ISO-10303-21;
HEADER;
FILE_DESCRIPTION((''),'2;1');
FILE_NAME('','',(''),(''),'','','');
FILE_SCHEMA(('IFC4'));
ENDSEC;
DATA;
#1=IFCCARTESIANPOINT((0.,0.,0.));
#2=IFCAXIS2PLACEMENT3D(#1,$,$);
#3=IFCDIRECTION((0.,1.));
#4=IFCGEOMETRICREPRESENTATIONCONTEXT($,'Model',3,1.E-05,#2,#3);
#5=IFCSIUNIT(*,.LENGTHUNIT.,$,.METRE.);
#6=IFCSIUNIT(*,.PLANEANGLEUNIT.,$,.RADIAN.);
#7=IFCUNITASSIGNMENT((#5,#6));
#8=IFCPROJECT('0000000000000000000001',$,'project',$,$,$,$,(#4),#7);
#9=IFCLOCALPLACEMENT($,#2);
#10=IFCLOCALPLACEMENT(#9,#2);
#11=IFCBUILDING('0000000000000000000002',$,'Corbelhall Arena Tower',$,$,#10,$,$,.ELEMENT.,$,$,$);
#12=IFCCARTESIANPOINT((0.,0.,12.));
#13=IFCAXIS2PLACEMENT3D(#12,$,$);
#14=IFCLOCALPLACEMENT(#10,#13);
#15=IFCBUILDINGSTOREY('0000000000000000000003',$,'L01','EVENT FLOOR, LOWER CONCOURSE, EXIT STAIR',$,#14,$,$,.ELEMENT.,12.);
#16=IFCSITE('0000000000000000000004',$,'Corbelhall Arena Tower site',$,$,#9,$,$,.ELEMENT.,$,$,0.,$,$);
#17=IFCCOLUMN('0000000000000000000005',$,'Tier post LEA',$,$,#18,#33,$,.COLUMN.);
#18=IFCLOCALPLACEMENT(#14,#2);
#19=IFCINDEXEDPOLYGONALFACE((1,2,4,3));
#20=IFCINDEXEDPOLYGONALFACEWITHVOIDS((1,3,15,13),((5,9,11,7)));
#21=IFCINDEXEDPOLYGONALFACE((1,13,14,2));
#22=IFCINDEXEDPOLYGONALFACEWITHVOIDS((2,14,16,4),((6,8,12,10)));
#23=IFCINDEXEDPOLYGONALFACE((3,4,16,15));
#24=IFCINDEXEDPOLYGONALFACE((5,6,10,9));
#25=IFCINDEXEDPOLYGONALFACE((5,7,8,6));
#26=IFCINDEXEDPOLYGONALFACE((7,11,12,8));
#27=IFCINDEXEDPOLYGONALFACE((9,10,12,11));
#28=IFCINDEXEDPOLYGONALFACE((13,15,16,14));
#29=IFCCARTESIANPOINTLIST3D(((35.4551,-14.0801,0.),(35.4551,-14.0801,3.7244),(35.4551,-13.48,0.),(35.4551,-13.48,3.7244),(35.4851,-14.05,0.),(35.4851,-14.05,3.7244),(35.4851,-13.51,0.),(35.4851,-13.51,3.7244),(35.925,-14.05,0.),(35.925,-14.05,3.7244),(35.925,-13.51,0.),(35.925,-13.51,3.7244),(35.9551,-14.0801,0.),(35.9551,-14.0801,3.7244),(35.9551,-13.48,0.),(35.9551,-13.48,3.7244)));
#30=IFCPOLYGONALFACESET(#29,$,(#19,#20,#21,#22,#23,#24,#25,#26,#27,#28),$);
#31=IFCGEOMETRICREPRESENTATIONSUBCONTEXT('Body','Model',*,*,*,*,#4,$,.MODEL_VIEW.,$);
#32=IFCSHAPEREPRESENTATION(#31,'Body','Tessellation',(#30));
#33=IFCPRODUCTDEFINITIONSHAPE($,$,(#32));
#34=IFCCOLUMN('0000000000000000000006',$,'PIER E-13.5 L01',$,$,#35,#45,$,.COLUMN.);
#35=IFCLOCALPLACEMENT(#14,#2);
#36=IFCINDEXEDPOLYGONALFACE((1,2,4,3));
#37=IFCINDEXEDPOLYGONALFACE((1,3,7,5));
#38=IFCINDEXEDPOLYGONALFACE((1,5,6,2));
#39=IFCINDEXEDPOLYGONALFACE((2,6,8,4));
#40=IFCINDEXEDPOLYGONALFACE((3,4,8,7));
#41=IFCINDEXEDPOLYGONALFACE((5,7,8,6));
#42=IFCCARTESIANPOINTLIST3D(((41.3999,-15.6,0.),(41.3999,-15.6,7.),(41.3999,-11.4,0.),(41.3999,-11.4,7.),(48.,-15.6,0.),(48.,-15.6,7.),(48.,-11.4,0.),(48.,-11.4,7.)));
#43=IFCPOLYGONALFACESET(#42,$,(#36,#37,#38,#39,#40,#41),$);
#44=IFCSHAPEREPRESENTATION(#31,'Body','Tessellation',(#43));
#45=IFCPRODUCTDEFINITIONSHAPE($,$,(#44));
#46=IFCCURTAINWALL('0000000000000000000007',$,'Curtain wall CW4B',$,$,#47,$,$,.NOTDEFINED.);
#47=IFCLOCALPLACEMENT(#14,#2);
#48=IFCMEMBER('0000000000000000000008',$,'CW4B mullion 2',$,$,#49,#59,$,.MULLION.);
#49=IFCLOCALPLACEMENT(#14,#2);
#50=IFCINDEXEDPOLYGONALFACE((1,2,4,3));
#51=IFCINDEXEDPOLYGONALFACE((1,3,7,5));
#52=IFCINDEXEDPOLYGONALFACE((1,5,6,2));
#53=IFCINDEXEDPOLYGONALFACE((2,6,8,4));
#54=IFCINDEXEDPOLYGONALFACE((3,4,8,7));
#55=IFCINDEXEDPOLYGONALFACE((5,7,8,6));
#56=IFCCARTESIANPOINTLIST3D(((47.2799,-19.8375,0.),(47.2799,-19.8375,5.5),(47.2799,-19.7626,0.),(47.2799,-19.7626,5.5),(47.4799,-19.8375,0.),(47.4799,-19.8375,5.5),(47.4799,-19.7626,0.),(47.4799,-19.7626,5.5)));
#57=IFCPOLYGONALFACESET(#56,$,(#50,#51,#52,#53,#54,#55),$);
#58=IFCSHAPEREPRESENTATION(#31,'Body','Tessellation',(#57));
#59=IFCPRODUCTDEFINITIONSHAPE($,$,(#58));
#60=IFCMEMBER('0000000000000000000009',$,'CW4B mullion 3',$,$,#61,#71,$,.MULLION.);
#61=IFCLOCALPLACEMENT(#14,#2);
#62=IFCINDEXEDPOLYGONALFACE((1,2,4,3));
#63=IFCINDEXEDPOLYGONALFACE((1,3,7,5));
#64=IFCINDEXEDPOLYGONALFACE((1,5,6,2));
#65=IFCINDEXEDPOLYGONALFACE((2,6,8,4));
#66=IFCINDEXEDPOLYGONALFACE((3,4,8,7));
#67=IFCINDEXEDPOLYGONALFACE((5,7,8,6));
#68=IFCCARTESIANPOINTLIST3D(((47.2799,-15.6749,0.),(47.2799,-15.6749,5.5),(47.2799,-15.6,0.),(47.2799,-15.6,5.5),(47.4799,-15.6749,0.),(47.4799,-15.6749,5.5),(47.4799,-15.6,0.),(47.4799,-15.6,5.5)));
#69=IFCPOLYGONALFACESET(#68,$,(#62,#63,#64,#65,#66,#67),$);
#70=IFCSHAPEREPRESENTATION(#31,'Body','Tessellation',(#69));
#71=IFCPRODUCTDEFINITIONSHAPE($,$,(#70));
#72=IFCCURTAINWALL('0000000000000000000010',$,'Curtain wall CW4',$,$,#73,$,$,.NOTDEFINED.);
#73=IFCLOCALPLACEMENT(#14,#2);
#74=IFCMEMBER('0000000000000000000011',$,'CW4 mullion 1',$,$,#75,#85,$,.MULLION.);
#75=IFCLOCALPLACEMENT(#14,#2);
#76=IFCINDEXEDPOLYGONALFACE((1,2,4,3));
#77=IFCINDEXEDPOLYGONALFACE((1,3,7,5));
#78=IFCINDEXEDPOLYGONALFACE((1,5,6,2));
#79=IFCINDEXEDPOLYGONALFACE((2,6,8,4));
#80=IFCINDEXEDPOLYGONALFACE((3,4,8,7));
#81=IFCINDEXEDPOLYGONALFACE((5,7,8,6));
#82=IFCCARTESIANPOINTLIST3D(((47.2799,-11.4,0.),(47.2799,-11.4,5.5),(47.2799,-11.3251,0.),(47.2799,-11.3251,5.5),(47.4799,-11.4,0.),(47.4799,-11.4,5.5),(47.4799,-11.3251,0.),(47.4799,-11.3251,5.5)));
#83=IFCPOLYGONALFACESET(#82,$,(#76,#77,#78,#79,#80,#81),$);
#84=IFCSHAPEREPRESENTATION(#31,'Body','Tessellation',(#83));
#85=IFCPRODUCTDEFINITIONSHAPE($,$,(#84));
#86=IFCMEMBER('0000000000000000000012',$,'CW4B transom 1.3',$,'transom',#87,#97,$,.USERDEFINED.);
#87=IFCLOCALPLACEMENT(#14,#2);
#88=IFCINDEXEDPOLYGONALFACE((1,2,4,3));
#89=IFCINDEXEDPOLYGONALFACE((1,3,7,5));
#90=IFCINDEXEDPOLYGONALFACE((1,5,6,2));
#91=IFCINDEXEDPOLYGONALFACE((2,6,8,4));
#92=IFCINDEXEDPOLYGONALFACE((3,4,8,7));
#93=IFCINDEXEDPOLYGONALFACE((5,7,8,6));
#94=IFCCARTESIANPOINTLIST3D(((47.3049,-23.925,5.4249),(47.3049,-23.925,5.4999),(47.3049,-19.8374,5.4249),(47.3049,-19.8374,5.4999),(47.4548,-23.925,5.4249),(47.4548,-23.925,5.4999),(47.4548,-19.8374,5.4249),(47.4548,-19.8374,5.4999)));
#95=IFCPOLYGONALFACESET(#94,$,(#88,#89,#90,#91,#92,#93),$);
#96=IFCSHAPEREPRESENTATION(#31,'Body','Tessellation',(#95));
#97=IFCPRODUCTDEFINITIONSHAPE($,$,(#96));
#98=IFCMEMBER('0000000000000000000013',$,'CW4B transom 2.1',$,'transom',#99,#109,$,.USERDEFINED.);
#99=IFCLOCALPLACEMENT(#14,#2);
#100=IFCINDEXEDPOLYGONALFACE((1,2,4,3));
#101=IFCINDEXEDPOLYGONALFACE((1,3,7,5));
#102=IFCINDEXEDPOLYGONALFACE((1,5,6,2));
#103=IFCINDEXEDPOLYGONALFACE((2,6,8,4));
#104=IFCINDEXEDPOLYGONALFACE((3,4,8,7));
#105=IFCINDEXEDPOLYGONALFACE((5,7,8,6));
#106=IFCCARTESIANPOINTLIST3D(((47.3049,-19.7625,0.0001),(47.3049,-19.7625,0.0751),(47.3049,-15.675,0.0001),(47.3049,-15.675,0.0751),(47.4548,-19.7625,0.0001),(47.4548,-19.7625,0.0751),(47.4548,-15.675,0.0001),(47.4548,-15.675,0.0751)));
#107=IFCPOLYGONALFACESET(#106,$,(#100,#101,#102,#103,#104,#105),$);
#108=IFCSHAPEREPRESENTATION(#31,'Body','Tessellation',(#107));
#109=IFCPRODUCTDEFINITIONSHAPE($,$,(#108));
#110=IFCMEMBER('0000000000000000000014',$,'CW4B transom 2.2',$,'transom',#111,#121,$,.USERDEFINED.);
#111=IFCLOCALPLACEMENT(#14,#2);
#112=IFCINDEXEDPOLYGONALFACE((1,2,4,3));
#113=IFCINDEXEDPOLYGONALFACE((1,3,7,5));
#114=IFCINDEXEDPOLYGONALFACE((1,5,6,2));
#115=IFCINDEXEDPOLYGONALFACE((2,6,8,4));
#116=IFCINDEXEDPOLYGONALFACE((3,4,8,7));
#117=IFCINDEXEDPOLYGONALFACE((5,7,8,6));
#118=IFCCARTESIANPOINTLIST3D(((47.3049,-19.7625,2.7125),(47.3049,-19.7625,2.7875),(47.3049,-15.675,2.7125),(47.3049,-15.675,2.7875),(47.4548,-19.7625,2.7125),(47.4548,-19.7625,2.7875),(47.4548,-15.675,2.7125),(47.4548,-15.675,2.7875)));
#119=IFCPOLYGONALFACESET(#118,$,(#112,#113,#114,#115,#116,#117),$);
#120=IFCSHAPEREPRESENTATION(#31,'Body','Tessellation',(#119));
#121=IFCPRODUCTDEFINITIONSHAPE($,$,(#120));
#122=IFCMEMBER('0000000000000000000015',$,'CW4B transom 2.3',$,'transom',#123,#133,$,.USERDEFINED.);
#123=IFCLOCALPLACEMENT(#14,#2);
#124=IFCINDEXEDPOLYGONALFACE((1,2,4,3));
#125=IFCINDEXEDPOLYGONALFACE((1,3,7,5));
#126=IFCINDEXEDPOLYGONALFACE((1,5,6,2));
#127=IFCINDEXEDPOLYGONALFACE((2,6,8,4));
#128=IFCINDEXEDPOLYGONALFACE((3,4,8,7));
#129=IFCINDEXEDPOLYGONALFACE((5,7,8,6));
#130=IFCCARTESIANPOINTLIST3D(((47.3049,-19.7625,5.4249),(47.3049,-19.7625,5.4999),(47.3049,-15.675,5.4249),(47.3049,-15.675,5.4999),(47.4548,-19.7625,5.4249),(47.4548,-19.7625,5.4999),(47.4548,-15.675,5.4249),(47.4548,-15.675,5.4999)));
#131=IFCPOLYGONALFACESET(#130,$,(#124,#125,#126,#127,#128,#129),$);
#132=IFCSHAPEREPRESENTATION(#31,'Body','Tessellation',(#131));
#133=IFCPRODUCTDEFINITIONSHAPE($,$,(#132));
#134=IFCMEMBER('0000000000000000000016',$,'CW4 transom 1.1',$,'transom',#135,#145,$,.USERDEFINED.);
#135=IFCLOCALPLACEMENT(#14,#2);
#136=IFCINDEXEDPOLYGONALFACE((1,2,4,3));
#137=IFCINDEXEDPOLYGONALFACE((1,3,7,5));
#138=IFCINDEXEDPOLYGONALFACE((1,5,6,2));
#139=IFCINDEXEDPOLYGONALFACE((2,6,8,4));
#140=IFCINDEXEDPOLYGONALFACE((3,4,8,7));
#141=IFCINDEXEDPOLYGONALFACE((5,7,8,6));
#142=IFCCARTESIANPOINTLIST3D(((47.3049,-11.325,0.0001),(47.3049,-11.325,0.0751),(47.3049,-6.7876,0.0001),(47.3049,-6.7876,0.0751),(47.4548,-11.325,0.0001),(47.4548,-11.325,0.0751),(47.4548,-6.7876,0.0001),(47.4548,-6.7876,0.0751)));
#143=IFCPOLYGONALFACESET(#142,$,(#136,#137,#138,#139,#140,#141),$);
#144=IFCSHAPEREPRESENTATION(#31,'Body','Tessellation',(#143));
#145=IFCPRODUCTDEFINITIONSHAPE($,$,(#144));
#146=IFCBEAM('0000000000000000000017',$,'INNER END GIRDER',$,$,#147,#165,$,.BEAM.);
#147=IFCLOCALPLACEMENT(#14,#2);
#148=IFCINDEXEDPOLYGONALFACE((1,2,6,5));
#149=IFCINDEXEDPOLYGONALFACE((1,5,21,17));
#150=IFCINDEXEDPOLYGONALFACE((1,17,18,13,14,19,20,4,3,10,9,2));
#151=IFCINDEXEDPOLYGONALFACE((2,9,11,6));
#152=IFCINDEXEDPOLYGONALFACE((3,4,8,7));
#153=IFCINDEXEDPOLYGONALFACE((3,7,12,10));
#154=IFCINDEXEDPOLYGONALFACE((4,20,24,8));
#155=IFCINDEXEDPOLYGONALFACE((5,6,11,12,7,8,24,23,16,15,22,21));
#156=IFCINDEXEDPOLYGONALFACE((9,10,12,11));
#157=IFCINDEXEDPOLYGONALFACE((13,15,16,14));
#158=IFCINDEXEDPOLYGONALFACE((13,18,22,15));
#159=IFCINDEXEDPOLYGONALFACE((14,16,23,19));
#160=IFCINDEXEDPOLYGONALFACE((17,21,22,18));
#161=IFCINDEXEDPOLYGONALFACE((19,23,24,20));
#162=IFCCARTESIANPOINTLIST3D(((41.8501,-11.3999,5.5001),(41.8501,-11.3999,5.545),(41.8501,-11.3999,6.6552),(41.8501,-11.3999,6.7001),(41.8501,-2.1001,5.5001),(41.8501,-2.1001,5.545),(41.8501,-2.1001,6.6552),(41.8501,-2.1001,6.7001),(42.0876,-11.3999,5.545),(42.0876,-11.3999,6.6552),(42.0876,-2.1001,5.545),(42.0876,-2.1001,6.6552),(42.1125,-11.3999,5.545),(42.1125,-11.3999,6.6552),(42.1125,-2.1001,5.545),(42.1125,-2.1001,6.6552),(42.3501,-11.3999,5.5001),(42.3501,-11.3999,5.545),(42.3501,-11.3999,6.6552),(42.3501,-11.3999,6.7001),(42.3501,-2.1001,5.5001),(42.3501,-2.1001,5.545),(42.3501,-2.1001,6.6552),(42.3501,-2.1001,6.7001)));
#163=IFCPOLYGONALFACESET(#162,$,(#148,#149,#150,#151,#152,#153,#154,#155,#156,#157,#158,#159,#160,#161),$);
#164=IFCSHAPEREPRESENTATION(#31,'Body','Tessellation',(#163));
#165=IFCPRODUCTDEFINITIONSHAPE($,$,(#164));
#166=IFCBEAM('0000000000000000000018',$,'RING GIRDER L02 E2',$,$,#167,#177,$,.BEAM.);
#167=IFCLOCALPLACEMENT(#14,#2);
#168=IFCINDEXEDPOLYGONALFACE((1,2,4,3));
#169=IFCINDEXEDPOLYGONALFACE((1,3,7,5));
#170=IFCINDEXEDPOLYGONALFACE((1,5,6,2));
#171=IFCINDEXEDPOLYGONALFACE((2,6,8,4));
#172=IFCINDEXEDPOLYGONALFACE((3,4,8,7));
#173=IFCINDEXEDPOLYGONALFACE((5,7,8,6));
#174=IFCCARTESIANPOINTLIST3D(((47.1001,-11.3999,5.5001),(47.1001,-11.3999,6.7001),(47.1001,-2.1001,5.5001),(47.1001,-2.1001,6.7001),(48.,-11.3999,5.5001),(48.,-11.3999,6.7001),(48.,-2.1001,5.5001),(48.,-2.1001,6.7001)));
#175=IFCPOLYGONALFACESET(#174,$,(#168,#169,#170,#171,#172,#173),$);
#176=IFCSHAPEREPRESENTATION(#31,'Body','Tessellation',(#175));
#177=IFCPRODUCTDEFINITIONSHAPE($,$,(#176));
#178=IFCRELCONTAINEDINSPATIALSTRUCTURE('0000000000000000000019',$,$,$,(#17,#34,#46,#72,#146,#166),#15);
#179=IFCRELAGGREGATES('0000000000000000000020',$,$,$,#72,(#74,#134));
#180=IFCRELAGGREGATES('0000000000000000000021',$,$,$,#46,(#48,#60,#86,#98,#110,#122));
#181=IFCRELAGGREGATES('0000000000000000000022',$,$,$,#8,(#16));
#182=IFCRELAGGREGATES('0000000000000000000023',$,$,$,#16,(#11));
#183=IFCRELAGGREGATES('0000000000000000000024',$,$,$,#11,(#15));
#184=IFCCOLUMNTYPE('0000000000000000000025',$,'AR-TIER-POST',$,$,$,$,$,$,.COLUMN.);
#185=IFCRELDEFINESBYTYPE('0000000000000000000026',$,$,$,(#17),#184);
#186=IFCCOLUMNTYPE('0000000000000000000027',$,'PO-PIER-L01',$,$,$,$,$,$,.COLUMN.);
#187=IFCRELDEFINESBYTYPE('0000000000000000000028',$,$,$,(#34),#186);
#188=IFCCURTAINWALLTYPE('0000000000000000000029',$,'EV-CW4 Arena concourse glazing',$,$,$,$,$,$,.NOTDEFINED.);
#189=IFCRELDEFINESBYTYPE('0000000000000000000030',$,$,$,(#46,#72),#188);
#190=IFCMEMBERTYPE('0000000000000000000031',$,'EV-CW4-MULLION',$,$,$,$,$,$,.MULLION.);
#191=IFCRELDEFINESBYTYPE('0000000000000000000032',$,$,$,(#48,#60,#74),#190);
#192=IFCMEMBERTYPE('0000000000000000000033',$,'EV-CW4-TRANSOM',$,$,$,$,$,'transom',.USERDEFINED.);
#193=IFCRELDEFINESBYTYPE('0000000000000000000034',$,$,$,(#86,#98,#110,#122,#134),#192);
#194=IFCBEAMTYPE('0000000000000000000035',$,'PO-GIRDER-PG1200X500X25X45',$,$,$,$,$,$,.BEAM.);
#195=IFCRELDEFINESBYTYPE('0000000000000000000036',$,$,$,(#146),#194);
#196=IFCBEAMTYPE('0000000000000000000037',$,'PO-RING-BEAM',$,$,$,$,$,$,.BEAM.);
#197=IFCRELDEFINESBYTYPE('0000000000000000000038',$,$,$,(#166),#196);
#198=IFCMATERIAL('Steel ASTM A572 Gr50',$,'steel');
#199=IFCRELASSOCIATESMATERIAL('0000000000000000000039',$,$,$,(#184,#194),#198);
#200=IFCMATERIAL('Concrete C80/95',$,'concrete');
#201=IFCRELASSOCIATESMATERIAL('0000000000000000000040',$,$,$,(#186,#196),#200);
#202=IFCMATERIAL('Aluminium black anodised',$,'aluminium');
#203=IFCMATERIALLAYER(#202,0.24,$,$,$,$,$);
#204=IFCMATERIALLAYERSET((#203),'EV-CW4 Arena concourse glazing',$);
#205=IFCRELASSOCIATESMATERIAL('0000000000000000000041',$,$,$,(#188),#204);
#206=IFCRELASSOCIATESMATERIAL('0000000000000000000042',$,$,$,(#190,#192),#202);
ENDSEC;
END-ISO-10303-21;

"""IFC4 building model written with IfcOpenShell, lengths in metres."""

from ifc_helpers import new_model, si_unit, direction, frame, origin, origin_2d, place, context, subcontext, project, spatial, rectangle, hollow_rectangle, i_section, extrude, material, layer, layer_set, material_profile, profile_set, type_object, element, aggregate, save


model = new_model("IFC4")

# Units and contexts
model_context = context("Model", 3, precision=1e-05, world=origin(), true_north=direction((0.0, 1.0)))
body_context = subcontext(model_context, "Body", "Model", "MODEL_VIEW")
ifc_project = project(units=[si_unit("LENGTHUNIT", "METRE"), si_unit("PLANEANGLEUNIT", "RADIAN")], contexts=[model_context])

# Site, building, storey
site_placement = place(None, origin())
site = spatial("IfcSite", under=ifc_project, at=site_placement, Name="Corbelhall Arena Tower site", CompositionType="ELEMENT", RefElevation=0.0)
building_placement = place(site_placement, origin())
building = spatial("IfcBuilding", under=site, at=building_placement, Name="Corbelhall Arena Tower", CompositionType="ELEMENT")
storey_placement = place(building_placement, frame((0.0, 0.0, 12.0)))
storey = spatial("IfcBuildingStorey", under=building, at=storey_placement, Name="L01", Description="EVENT FLOOR, LOWER CONCOURSE, EXIT STAIR", CompositionType="ELEMENT", Elevation=12.0)

# Columns
ifc_material_1 = material(Name="Steel ASTM A572 Gr50", Category="steel")
ifc_material_profile_1 = material_profile(ifc_material_1, hollow_rectangle(XDim=0.5, YDim=0.6001, WallThickness=0.03, at=origin_2d()))
ifc_profile_set_1 = profile_set([ifc_material_profile_1], Name="Steel ASTM A572 Gr50")
column_type_1 = type_object("IfcColumnType", Name="AR-TIER-POST", PredefinedType="COLUMN", material=ifc_profile_set_1)
column_1_placement = place(storey_placement, frame((35.7051, -13.78, 0.0), z_axis=(0.0, 0.0, 1.0), x_axis=(1.0, 0.0, 0.0)))
element("IfcColumn", 1, at=column_1_placement, inside=storey, type_object=column_type_1, Name="Tier post LEA", PredefinedType="COLUMN", context=body_context, shape_type="SweptSolid", body=[
    extrude(hollow_rectangle(XDim=0.5, YDim=0.6001, WallThickness=0.03, at=origin_2d()), origin(), (0.0, 0.0, 1.0), 3.7244),
])
ifc_material_2 = material(Name="Concrete C80/95", Category="concrete")
ifc_material_profile_2 = material_profile(ifc_material_2, rectangle(XDim=4.2, YDim=6.6001, at=origin_2d()))
ifc_profile_set_2 = profile_set([ifc_material_profile_2], Name="Concrete C80/95")
column_type_2 = type_object("IfcColumnType", Name="PO-PIER-L01", PredefinedType="COLUMN", material=ifc_profile_set_2)
column_2_placement = place(storey_placement, frame((44.7, -13.5, 0.0), z_axis=(0.0, 0.0, 1.0), x_axis=(0.0, 1.0, 0.0)))
element("IfcColumn", 2, at=column_2_placement, inside=storey, type_object=column_type_2, Name="PIER E-13.5 L01", PredefinedType="COLUMN", context=body_context, shape_type="SweptSolid", body=[
    extrude(rectangle(XDim=4.2, YDim=6.6001, at=origin_2d()), origin(), (0.0, 0.0, 1.0), 7.0),
])

# Curtain wall, members
ifc_material_3 = material(Name="Aluminium black anodised", Category="aluminium")
ifc_layer_1 = layer(ifc_material_3, 0.24)
ifc_layer_set_1 = layer_set([ifc_layer_1], Name="EV-CW4 Arena concourse glazing")
curtain_wall_type = type_object("IfcCurtainWallType", Name="EV-CW4 Arena concourse glazing", PredefinedType="NOTDEFINED", material=ifc_layer_set_1)
curtain_wall_1_placement = place(storey_placement, origin())
curtain_wall_1 = element("IfcCurtainWall", 3, at=curtain_wall_1_placement, inside=storey, type_object=curtain_wall_type, Name="Curtain wall CW4B", PredefinedType="NOTDEFINED")
ifc_material_profile_3 = material_profile(ifc_material_3, rectangle(XDim=0.2, YDim=0.075, at=origin_2d()))
ifc_profile_set_3 = profile_set([ifc_material_profile_3], Name="Aluminium black anodised")
member_type_1 = type_object("IfcMemberType", Name="EV-CW4-MULLION", PredefinedType="MULLION", material=ifc_profile_set_3)
member_1_placement = place(storey_placement, frame((47.3799, -19.8, 0.0), z_axis=(0.0, 0.0, 1.0), x_axis=(-1.0, 0.0, 0.0)))
member_1 = element("IfcMember", 4, at=member_1_placement, type_object=member_type_1, Name="CW4B mullion 2", PredefinedType="MULLION", context=body_context, shape_type="SweptSolid", body=[
    extrude(rectangle(XDim=0.2, YDim=0.075, at=origin_2d()), origin(), (0.0, 0.0, 1.0), 5.5),
])
member_2_placement = place(storey_placement, frame((47.3799, -15.6375, 0.0), z_axis=(0.0, 0.0, 1.0), x_axis=(-1.0, 0.0, 0.0)))
member_2 = element("IfcMember", 5, at=member_2_placement, type_object=member_type_1, Name="CW4B mullion 3", PredefinedType="MULLION", context=body_context, shape_type="SweptSolid", body=[
    extrude(rectangle(XDim=0.2, YDim=0.075, at=origin_2d()), origin(), (0.0, 0.0, 1.0), 5.5),
])

# Curtain wall, member
curtain_wall_2_placement = place(storey_placement, origin())
curtain_wall_2 = element("IfcCurtainWall", 6, at=curtain_wall_2_placement, inside=storey, type_object=curtain_wall_type, Name="Curtain wall CW4", PredefinedType="NOTDEFINED")
member_3_placement = place(storey_placement, frame((47.3799, -11.3625, 0.0), z_axis=(0.0, 0.0, 1.0), x_axis=(-1.0, 0.0, 0.0)))
member_3 = element("IfcMember", 7, at=member_3_placement, type_object=member_type_1, Name="CW4 mullion 1", PredefinedType="MULLION", context=body_context, shape_type="SweptSolid", body=[
    extrude(rectangle(XDim=0.2, YDim=0.075, at=origin_2d()), origin(), (0.0, 0.0, 1.0), 5.5),
])

# Members
ifc_material_profile_4 = material_profile(ifc_material_3, rectangle(XDim=0.1499, YDim=0.075, at=origin_2d()))
ifc_profile_set_4 = profile_set([ifc_material_profile_4], Name="Aluminium black anodised")
member_type_2 = type_object("IfcMemberType", Name="EV-CW4-TRANSOM", ElementType="transom", PredefinedType="USERDEFINED", material=ifc_profile_set_4)
member_4_placement = place(storey_placement, frame((47.3799, -23.925, 5.4624), z_axis=(0.0, 1.0, 0.0), x_axis=(-1.0, 0.0, 0.0)))
member_4 = element("IfcMember", 8, at=member_4_placement, type_object=member_type_2, Name="CW4B transom 1.3", ObjectType="transom", PredefinedType="USERDEFINED", context=body_context, shape_type="SweptSolid", body=[
    extrude(rectangle(XDim=0.1499, YDim=0.075, at=origin_2d()), origin(), (0.0, 0.0, 1.0), 4.0876),
])
member_5_placement = place(storey_placement, frame((47.3799, -19.7625, 0.0376), z_axis=(0.0, 1.0, 0.0), x_axis=(-1.0, 0.0, 0.0)))
member_5 = element("IfcMember", 9, at=member_5_placement, type_object=member_type_2, Name="CW4B transom 2.1", ObjectType="transom", PredefinedType="USERDEFINED", context=body_context, shape_type="SweptSolid", body=[
    extrude(rectangle(XDim=0.1499, YDim=0.075, at=origin_2d()), origin(), (0.0, 0.0, 1.0), 4.0874),
])
member_6_placement = place(storey_placement, frame((47.3799, -19.7625, 2.75), z_axis=(0.0, 1.0, 0.0), x_axis=(-1.0, 0.0, 0.0)))
member_6 = element("IfcMember", 10, at=member_6_placement, type_object=member_type_2, Name="CW4B transom 2.2", ObjectType="transom", PredefinedType="USERDEFINED", context=body_context, shape_type="SweptSolid", body=[
    extrude(rectangle(XDim=0.1499, YDim=0.075, at=origin_2d()), origin(), (0.0, 0.0, 1.0), 4.0874),
])
member_7_placement = place(storey_placement, frame((47.3799, -19.7625, 5.4624), z_axis=(0.0, 1.0, 0.0), x_axis=(-1.0, 0.0, 0.0)))
member_7 = element("IfcMember", 11, at=member_7_placement, type_object=member_type_2, Name="CW4B transom 2.3", ObjectType="transom", PredefinedType="USERDEFINED", context=body_context, shape_type="SweptSolid", body=[
    extrude(rectangle(XDim=0.1499, YDim=0.075, at=origin_2d()), origin(), (0.0, 0.0, 1.0), 4.0874),
])
member_8_placement = place(storey_placement, frame((47.3799, -11.325, 0.0376), z_axis=(0.0, 1.0, 0.0), x_axis=(-1.0, 0.0, 0.0)))
member_8 = element("IfcMember", 12, at=member_8_placement, type_object=member_type_2, Name="CW4 transom 1.1", ObjectType="transom", PredefinedType="USERDEFINED", context=body_context, shape_type="SweptSolid", body=[
    extrude(rectangle(XDim=0.1499, YDim=0.075, at=origin_2d()), origin(), (0.0, 0.0, 1.0), 4.5374),
])
aggregate(curtain_wall_2, [member_3, member_8])

# Beams
ifc_material_profile_5 = material_profile(ifc_material_1, i_section(OverallWidth=0.5, OverallDepth=1.2, WebThickness=0.0249, FlangeThickness=0.0449, at=origin_2d()))
ifc_profile_set_5 = profile_set([ifc_material_profile_5], Name="Steel ASTM A572 Gr50")
beam_type_1 = type_object("IfcBeamType", Name="PO-GIRDER-PG1200X500X25X45", PredefinedType="BEAM", material=ifc_profile_set_5)
beam_1_placement = place(storey_placement, frame((42.1001, -11.3999, 6.1001), z_axis=(0.0, 1.0, 0.0), x_axis=(-1.0, 0.0, 0.0)))
element("IfcBeam", 13, at=beam_1_placement, inside=storey, type_object=beam_type_1, Name="INNER END GIRDER", PredefinedType="BEAM", context=body_context, shape_type="SweptSolid", body=[
    extrude(i_section(OverallWidth=0.5, OverallDepth=1.2, WebThickness=0.0249, FlangeThickness=0.0449, at=origin_2d()), origin(), (0.0, 0.0, 1.0), 9.2998),
])
ifc_material_profile_6 = material_profile(ifc_material_2, rectangle(XDim=0.8999, YDim=1.2, at=origin_2d()))
ifc_profile_set_6 = profile_set([ifc_material_profile_6], Name="Concrete C80/95")
beam_type_2 = type_object("IfcBeamType", Name="PO-RING-BEAM", PredefinedType="BEAM", material=ifc_profile_set_6)
beam_2_placement = place(storey_placement, frame((47.55, -11.3999, 6.1001), z_axis=(0.0, 1.0, 0.0), x_axis=(-1.0, 0.0, 0.0)))
element("IfcBeam", 14, at=beam_2_placement, inside=storey, type_object=beam_type_2, Name="RING GIRDER L02 E2", PredefinedType="BEAM", context=body_context, shape_type="SweptSolid", body=[
    extrude(rectangle(XDim=0.8999, YDim=1.2, at=origin_2d()), origin(), (0.0, 0.0, 1.0), 9.2998),
])

aggregate(curtain_wall_1, [member_1, member_2, member_4, member_5, member_6, member_7])

save(model, "model.ifc")
